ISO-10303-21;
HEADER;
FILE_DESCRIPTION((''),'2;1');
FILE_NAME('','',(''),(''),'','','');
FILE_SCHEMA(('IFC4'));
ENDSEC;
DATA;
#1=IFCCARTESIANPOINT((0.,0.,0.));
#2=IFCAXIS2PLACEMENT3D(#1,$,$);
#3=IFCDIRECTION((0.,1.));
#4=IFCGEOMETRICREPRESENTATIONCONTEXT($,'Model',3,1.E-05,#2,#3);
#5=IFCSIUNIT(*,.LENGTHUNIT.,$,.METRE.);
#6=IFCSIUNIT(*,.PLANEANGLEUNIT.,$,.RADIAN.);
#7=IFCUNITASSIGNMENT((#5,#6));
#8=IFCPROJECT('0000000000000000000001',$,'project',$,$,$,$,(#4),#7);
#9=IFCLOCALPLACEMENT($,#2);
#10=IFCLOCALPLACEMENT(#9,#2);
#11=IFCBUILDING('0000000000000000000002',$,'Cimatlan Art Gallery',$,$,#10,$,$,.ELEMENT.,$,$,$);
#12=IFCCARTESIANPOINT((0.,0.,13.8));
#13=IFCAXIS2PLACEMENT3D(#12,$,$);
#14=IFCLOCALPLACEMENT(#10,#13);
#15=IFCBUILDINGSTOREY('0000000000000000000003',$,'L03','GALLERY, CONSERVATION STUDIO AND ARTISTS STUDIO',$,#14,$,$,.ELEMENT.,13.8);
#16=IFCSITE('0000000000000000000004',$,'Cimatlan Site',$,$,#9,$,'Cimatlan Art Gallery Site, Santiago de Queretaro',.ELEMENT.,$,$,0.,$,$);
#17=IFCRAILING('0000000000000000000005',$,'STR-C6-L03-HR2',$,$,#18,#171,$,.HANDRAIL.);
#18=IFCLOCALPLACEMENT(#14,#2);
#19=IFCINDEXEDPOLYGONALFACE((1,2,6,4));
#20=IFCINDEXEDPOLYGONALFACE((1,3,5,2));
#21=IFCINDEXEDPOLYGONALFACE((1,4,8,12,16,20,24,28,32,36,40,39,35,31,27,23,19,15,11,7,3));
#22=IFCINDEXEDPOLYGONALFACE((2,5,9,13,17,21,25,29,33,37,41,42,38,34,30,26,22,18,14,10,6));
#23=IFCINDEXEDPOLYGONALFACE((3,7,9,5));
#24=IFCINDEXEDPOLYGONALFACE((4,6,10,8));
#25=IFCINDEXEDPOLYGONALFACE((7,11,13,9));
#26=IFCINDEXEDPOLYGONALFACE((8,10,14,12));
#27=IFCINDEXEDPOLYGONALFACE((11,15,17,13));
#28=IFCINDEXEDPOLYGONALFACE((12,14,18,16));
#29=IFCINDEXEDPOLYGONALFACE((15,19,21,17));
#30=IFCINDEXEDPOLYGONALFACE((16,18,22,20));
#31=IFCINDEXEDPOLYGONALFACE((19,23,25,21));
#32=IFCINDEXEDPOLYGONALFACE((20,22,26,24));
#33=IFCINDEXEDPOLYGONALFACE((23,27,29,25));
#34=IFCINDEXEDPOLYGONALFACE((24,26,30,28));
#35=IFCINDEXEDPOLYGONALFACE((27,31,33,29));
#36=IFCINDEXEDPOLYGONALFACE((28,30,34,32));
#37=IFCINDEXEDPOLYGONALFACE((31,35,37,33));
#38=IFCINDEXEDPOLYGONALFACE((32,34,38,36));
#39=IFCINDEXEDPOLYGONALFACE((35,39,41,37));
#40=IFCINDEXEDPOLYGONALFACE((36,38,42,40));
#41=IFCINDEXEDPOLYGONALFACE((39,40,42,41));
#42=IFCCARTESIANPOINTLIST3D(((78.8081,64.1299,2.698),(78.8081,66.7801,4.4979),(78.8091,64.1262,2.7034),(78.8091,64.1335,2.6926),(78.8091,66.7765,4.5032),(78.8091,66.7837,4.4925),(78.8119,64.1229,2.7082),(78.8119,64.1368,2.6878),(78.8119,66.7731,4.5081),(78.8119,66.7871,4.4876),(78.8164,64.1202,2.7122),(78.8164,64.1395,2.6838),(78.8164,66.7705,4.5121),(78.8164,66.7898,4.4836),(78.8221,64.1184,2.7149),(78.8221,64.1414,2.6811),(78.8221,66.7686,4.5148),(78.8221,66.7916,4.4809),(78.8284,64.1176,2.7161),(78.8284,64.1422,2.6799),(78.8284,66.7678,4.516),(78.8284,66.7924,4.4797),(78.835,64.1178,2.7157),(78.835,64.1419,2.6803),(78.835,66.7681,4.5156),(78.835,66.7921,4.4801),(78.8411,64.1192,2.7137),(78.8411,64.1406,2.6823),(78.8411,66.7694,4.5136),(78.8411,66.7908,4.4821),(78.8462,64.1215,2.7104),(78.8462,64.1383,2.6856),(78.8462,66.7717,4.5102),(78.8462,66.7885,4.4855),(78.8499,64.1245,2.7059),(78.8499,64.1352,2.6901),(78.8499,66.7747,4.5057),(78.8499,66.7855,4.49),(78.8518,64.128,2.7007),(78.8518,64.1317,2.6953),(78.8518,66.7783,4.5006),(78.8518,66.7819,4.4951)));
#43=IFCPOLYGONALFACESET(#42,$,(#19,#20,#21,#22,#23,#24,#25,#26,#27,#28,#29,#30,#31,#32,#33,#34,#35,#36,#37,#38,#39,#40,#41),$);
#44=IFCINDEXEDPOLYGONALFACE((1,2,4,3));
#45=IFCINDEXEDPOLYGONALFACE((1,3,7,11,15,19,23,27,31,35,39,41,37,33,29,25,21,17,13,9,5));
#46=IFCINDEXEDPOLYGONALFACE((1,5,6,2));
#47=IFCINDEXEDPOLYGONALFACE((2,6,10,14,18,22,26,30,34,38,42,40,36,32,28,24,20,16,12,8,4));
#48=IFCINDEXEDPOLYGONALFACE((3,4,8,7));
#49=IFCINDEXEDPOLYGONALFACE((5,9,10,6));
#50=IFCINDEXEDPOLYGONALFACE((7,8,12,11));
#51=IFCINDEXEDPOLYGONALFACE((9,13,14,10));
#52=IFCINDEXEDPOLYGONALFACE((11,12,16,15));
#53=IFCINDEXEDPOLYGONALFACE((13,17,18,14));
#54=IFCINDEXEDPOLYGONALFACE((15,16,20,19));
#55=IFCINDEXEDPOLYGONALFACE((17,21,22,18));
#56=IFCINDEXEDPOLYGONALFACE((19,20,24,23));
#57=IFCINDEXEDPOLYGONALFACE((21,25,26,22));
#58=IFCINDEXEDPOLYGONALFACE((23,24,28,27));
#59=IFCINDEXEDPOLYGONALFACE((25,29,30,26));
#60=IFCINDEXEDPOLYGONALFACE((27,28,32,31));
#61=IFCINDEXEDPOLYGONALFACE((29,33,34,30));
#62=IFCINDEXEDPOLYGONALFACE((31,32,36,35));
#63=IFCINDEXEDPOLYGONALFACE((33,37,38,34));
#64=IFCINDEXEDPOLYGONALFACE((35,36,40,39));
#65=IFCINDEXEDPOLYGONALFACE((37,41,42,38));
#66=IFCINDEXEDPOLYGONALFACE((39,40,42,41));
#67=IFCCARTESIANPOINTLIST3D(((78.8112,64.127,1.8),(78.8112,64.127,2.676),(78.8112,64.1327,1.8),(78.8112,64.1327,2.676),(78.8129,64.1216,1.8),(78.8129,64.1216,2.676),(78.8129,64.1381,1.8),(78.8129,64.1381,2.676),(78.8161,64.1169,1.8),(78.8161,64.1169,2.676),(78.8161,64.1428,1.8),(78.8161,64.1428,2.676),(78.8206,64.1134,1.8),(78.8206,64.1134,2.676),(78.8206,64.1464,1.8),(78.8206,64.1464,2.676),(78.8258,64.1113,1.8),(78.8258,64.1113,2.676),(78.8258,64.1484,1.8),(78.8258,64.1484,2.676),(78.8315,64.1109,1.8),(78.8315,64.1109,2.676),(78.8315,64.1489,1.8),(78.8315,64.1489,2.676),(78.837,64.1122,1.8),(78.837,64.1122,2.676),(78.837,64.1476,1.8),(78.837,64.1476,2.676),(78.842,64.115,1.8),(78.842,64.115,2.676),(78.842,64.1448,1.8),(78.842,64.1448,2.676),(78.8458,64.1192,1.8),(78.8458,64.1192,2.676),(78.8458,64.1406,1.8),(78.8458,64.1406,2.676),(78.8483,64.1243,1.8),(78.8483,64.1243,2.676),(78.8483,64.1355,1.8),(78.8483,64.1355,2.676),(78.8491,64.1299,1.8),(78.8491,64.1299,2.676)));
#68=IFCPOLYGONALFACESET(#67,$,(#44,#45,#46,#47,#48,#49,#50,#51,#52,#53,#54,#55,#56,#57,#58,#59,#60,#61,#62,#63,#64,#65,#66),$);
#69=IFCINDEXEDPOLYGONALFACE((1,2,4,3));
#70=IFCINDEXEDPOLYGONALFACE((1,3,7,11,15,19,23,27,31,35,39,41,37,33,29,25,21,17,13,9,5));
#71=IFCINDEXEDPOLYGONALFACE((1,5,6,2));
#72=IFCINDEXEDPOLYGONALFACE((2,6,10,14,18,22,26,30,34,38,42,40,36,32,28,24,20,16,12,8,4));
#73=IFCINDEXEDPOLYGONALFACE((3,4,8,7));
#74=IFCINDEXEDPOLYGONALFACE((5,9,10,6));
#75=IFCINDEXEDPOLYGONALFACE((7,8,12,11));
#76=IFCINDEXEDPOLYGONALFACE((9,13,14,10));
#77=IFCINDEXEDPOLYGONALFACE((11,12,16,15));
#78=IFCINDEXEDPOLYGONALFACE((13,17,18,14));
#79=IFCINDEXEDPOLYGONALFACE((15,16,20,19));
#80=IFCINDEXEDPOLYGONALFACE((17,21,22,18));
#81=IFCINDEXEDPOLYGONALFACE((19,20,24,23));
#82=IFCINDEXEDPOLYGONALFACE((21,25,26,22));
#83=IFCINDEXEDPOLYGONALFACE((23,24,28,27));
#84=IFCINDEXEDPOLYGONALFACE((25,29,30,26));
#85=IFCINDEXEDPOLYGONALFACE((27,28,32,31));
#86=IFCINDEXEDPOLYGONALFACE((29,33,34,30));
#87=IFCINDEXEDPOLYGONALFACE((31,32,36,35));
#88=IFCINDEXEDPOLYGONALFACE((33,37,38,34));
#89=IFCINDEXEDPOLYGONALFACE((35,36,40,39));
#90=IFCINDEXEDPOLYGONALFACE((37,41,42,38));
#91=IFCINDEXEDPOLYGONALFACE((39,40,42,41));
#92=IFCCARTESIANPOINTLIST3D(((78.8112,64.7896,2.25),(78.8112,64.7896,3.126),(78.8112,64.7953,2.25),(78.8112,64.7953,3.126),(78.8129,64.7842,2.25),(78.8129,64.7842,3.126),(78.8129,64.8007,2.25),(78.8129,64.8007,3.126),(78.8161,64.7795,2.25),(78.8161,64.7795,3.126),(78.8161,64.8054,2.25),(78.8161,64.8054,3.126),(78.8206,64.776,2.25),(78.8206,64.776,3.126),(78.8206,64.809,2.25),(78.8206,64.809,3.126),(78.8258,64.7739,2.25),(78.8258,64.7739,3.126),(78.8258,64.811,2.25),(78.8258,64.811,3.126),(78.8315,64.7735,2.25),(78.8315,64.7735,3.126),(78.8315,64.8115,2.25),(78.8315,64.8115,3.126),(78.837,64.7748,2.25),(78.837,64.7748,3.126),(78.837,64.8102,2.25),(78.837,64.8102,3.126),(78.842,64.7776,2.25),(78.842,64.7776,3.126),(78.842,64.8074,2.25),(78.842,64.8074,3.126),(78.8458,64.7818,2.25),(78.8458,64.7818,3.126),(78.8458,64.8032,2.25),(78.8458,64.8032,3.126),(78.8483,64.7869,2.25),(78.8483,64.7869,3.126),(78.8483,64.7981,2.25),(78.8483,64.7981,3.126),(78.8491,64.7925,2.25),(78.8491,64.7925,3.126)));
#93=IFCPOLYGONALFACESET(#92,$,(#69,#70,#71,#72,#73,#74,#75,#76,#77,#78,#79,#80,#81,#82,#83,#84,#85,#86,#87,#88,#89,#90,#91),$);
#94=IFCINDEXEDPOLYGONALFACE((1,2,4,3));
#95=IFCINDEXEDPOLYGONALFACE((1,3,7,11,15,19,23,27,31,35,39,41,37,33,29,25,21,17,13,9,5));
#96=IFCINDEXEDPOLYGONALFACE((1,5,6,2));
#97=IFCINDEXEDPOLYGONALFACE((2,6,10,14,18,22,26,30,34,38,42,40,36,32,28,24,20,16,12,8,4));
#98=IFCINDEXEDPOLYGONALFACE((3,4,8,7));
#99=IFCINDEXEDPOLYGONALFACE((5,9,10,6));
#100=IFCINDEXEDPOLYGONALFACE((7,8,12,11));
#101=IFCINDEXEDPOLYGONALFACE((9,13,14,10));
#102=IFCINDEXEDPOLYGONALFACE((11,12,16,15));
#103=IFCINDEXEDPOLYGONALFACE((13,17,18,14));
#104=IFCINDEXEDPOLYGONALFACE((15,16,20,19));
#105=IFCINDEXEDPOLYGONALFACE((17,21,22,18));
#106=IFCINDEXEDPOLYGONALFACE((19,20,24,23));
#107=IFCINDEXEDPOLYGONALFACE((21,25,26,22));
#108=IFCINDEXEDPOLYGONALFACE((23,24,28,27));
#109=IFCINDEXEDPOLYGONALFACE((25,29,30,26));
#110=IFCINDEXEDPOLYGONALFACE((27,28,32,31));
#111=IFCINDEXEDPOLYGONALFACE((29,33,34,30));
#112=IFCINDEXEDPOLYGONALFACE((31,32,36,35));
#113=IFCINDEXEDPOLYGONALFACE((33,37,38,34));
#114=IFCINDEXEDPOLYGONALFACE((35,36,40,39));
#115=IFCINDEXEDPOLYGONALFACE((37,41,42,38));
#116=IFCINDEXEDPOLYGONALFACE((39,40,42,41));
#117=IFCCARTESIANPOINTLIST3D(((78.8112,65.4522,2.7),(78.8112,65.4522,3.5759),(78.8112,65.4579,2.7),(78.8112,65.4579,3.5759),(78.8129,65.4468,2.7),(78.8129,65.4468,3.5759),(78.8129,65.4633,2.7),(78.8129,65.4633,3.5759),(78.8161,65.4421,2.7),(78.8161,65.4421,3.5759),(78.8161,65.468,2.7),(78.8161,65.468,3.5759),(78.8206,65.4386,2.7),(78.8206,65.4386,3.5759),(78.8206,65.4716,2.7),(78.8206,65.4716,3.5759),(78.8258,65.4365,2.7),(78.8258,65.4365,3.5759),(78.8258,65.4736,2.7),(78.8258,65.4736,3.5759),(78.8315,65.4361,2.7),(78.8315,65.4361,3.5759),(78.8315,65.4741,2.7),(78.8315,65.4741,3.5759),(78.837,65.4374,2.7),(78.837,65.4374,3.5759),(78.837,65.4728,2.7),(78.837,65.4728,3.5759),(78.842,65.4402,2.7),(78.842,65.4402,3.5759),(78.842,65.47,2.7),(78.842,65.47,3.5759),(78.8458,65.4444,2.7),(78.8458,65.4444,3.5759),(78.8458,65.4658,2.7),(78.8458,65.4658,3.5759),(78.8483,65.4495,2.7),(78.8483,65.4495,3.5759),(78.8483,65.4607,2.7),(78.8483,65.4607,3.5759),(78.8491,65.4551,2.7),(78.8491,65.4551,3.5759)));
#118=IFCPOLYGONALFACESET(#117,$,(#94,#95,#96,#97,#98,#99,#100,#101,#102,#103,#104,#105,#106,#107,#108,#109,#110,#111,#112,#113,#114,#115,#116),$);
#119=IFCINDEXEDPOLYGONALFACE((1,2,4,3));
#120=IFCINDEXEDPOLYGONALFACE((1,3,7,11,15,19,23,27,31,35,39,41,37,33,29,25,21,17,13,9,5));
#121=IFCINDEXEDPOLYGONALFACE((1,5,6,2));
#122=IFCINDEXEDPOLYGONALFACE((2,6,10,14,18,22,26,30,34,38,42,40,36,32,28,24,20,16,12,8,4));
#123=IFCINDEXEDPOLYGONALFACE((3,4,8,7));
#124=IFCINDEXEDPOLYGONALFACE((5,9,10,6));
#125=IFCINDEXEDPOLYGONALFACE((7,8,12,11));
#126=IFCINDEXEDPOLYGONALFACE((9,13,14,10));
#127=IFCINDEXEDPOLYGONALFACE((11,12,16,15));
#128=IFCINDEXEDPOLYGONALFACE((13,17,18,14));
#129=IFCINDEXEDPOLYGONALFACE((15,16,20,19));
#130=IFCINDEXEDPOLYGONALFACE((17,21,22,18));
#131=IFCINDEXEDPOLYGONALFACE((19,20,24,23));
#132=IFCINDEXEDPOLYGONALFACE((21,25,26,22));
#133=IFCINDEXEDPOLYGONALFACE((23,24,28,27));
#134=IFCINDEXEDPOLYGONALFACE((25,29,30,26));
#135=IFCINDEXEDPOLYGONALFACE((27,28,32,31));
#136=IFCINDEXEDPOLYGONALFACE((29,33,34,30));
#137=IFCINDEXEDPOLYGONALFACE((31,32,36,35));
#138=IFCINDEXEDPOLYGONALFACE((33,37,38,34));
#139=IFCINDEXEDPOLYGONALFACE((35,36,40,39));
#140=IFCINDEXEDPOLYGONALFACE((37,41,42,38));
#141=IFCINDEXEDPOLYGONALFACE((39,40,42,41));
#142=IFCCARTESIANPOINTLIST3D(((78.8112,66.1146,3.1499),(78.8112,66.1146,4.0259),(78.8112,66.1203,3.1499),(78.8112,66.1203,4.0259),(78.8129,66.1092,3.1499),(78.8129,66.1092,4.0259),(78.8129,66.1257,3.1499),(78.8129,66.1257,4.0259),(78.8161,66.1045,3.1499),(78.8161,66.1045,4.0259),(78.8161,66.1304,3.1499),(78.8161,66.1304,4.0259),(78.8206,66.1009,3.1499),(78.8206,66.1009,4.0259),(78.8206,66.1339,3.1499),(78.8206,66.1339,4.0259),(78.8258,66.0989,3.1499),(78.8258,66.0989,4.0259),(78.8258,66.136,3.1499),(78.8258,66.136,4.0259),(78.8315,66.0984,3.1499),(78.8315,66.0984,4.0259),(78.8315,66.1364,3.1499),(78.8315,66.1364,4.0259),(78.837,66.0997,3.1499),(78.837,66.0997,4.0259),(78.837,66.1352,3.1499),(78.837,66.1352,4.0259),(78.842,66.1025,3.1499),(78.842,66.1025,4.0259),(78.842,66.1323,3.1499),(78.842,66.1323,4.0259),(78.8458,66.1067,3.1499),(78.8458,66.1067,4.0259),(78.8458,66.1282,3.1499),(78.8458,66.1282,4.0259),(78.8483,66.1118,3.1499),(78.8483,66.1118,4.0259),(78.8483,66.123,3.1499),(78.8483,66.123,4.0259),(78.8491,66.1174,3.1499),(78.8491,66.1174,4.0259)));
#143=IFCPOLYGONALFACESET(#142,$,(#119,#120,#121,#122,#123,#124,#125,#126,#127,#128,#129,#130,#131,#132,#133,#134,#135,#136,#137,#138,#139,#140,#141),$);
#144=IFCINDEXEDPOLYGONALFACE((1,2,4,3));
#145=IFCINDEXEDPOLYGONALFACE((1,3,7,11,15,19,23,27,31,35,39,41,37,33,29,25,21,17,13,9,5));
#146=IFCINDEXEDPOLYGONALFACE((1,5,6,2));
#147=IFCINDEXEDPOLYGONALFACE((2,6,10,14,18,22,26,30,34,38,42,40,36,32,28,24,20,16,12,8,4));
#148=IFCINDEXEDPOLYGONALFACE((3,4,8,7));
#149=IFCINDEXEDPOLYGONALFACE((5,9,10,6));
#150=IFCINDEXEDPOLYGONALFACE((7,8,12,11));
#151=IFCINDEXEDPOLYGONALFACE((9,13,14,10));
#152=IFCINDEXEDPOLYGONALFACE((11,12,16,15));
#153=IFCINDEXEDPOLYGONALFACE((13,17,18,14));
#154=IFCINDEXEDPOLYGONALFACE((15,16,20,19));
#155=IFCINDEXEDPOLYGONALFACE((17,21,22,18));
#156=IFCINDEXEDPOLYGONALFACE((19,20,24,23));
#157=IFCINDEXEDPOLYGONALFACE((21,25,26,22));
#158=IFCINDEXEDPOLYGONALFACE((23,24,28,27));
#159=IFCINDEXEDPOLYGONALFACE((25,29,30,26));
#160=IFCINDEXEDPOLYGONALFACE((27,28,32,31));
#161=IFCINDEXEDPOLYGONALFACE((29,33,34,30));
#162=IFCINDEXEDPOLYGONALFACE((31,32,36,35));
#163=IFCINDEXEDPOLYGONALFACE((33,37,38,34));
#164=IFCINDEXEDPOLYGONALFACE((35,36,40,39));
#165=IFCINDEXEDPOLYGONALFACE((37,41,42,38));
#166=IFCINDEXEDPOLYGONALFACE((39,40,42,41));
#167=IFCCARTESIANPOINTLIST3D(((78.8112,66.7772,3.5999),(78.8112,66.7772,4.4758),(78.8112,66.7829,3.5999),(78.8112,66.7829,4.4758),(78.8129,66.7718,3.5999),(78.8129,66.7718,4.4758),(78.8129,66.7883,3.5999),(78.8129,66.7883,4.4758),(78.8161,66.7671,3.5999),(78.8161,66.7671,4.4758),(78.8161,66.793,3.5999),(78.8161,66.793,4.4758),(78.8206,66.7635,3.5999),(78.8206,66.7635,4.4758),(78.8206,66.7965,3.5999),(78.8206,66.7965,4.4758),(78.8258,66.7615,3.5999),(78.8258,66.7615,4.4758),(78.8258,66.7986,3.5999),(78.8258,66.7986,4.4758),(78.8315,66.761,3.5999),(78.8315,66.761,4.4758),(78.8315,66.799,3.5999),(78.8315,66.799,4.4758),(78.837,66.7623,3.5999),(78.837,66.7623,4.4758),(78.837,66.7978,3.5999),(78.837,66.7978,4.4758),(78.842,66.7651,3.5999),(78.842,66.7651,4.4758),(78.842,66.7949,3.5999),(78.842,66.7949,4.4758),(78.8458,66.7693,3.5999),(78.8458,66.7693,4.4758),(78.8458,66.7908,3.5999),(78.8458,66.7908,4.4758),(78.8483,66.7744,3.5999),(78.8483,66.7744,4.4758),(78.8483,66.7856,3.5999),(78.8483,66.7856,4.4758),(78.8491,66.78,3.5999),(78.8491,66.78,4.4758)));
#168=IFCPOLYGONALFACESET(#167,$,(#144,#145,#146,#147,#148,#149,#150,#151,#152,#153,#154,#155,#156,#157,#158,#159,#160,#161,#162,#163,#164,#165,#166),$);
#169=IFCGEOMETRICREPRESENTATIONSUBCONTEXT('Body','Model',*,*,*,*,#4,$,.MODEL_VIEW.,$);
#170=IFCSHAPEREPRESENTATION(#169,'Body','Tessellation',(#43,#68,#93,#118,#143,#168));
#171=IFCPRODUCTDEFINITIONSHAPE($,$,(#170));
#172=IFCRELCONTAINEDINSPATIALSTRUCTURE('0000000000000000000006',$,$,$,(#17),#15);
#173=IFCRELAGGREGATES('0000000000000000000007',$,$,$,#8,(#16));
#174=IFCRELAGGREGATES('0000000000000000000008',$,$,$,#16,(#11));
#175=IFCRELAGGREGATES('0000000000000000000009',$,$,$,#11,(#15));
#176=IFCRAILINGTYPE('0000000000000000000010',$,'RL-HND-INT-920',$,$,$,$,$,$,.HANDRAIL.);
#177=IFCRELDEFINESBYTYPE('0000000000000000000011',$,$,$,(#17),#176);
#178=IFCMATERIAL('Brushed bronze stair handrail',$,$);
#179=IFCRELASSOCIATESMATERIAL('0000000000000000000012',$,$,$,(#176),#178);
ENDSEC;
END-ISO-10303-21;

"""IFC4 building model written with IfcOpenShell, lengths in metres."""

from ifc_helpers import new_model, si_unit, direction, frame, origin, origin_2d, place, context, subcontext, project, spatial, circle, extrude, material, type_object, element, save


model = new_model("IFC4")

# Units and contexts
model_context = context("Model", 3, precision=1e-05, world=origin(), true_north=direction((0.0, 1.0)))
body_context = subcontext(model_context, "Body", "Model", "MODEL_VIEW")
ifc_project = project(units=[si_unit("LENGTHUNIT", "METRE"), si_unit("PLANEANGLEUNIT", "RADIAN")], contexts=[model_context])

# Site, building, storey
site_placement = place(None, origin())
site = spatial("IfcSite", under=ifc_project, at=site_placement, Name="Cimatlan Site", LongName="Cimatlan Art Gallery Site, Santiago de Queretaro", CompositionType="ELEMENT", RefElevation=0.0)
building_placement = place(site_placement, origin())
building = spatial("IfcBuilding", under=site, at=building_placement, Name="Cimatlan Art Gallery", CompositionType="ELEMENT")
storey_placement = place(building_placement, frame((0.0, 0.0, 13.8)))
storey = spatial("IfcBuildingStorey", under=building, at=storey_placement, Name="L03", Description="GALLERY, CONSERVATION STUDIO AND ARTISTS STUDIO", CompositionType="ELEMENT", Elevation=13.8)

# Railing
ifc_material_1 = material(Name="Brushed bronze stair handrail")
railing_type_1 = type_object("IfcRailingType", Name="RL-HND-INT-920", PredefinedType="HANDRAIL", material=ifc_material_1)
railing_1_placement = place(storey_placement, frame((78.8301, 64.1299, 1.8)))
element("IfcRailing", 1, at=railing_1_placement, inside=storey, type_object=railing_type_1, Name="STR-C6-L03-HR2", PredefinedType="HANDRAIL", context=body_context, shape_type="SweptSolid", body=[
    extrude(circle(Radius=0.022, at=origin_2d()), frame((0.0, 0.0, 0.8979), z_axis=(0.0, 0.827259, 0.56182), x_axis=(-1.0, 0.0, 0.0)), (0.0, 0.0, 1.0), 3.2036),
    extrude(circle(Radius=0.019, at=origin_2d()), origin(), (0.0, 0.0, 1.0), 0.876),
    extrude(circle(Radius=0.019, at=origin_2d()), frame((0.0, 0.6626, 0.45)), (0.0, 0.0, 1.0), 0.876),
    extrude(circle(Radius=0.019, at=origin_2d()), frame((0.0, 1.3252, 0.8999)), (0.0, 0.0, 1.0), 0.876),
    extrude(circle(Radius=0.019, at=origin_2d()), frame((0.0, 1.9875, 1.3499)), (0.0, 0.0, 1.0), 0.876),
    extrude(circle(Radius=0.019, at=origin_2d()), frame((0.0, 2.6501, 1.7998)), (0.0, 0.0, 1.0), 0.876),
])

save(model, "model.ifc")
